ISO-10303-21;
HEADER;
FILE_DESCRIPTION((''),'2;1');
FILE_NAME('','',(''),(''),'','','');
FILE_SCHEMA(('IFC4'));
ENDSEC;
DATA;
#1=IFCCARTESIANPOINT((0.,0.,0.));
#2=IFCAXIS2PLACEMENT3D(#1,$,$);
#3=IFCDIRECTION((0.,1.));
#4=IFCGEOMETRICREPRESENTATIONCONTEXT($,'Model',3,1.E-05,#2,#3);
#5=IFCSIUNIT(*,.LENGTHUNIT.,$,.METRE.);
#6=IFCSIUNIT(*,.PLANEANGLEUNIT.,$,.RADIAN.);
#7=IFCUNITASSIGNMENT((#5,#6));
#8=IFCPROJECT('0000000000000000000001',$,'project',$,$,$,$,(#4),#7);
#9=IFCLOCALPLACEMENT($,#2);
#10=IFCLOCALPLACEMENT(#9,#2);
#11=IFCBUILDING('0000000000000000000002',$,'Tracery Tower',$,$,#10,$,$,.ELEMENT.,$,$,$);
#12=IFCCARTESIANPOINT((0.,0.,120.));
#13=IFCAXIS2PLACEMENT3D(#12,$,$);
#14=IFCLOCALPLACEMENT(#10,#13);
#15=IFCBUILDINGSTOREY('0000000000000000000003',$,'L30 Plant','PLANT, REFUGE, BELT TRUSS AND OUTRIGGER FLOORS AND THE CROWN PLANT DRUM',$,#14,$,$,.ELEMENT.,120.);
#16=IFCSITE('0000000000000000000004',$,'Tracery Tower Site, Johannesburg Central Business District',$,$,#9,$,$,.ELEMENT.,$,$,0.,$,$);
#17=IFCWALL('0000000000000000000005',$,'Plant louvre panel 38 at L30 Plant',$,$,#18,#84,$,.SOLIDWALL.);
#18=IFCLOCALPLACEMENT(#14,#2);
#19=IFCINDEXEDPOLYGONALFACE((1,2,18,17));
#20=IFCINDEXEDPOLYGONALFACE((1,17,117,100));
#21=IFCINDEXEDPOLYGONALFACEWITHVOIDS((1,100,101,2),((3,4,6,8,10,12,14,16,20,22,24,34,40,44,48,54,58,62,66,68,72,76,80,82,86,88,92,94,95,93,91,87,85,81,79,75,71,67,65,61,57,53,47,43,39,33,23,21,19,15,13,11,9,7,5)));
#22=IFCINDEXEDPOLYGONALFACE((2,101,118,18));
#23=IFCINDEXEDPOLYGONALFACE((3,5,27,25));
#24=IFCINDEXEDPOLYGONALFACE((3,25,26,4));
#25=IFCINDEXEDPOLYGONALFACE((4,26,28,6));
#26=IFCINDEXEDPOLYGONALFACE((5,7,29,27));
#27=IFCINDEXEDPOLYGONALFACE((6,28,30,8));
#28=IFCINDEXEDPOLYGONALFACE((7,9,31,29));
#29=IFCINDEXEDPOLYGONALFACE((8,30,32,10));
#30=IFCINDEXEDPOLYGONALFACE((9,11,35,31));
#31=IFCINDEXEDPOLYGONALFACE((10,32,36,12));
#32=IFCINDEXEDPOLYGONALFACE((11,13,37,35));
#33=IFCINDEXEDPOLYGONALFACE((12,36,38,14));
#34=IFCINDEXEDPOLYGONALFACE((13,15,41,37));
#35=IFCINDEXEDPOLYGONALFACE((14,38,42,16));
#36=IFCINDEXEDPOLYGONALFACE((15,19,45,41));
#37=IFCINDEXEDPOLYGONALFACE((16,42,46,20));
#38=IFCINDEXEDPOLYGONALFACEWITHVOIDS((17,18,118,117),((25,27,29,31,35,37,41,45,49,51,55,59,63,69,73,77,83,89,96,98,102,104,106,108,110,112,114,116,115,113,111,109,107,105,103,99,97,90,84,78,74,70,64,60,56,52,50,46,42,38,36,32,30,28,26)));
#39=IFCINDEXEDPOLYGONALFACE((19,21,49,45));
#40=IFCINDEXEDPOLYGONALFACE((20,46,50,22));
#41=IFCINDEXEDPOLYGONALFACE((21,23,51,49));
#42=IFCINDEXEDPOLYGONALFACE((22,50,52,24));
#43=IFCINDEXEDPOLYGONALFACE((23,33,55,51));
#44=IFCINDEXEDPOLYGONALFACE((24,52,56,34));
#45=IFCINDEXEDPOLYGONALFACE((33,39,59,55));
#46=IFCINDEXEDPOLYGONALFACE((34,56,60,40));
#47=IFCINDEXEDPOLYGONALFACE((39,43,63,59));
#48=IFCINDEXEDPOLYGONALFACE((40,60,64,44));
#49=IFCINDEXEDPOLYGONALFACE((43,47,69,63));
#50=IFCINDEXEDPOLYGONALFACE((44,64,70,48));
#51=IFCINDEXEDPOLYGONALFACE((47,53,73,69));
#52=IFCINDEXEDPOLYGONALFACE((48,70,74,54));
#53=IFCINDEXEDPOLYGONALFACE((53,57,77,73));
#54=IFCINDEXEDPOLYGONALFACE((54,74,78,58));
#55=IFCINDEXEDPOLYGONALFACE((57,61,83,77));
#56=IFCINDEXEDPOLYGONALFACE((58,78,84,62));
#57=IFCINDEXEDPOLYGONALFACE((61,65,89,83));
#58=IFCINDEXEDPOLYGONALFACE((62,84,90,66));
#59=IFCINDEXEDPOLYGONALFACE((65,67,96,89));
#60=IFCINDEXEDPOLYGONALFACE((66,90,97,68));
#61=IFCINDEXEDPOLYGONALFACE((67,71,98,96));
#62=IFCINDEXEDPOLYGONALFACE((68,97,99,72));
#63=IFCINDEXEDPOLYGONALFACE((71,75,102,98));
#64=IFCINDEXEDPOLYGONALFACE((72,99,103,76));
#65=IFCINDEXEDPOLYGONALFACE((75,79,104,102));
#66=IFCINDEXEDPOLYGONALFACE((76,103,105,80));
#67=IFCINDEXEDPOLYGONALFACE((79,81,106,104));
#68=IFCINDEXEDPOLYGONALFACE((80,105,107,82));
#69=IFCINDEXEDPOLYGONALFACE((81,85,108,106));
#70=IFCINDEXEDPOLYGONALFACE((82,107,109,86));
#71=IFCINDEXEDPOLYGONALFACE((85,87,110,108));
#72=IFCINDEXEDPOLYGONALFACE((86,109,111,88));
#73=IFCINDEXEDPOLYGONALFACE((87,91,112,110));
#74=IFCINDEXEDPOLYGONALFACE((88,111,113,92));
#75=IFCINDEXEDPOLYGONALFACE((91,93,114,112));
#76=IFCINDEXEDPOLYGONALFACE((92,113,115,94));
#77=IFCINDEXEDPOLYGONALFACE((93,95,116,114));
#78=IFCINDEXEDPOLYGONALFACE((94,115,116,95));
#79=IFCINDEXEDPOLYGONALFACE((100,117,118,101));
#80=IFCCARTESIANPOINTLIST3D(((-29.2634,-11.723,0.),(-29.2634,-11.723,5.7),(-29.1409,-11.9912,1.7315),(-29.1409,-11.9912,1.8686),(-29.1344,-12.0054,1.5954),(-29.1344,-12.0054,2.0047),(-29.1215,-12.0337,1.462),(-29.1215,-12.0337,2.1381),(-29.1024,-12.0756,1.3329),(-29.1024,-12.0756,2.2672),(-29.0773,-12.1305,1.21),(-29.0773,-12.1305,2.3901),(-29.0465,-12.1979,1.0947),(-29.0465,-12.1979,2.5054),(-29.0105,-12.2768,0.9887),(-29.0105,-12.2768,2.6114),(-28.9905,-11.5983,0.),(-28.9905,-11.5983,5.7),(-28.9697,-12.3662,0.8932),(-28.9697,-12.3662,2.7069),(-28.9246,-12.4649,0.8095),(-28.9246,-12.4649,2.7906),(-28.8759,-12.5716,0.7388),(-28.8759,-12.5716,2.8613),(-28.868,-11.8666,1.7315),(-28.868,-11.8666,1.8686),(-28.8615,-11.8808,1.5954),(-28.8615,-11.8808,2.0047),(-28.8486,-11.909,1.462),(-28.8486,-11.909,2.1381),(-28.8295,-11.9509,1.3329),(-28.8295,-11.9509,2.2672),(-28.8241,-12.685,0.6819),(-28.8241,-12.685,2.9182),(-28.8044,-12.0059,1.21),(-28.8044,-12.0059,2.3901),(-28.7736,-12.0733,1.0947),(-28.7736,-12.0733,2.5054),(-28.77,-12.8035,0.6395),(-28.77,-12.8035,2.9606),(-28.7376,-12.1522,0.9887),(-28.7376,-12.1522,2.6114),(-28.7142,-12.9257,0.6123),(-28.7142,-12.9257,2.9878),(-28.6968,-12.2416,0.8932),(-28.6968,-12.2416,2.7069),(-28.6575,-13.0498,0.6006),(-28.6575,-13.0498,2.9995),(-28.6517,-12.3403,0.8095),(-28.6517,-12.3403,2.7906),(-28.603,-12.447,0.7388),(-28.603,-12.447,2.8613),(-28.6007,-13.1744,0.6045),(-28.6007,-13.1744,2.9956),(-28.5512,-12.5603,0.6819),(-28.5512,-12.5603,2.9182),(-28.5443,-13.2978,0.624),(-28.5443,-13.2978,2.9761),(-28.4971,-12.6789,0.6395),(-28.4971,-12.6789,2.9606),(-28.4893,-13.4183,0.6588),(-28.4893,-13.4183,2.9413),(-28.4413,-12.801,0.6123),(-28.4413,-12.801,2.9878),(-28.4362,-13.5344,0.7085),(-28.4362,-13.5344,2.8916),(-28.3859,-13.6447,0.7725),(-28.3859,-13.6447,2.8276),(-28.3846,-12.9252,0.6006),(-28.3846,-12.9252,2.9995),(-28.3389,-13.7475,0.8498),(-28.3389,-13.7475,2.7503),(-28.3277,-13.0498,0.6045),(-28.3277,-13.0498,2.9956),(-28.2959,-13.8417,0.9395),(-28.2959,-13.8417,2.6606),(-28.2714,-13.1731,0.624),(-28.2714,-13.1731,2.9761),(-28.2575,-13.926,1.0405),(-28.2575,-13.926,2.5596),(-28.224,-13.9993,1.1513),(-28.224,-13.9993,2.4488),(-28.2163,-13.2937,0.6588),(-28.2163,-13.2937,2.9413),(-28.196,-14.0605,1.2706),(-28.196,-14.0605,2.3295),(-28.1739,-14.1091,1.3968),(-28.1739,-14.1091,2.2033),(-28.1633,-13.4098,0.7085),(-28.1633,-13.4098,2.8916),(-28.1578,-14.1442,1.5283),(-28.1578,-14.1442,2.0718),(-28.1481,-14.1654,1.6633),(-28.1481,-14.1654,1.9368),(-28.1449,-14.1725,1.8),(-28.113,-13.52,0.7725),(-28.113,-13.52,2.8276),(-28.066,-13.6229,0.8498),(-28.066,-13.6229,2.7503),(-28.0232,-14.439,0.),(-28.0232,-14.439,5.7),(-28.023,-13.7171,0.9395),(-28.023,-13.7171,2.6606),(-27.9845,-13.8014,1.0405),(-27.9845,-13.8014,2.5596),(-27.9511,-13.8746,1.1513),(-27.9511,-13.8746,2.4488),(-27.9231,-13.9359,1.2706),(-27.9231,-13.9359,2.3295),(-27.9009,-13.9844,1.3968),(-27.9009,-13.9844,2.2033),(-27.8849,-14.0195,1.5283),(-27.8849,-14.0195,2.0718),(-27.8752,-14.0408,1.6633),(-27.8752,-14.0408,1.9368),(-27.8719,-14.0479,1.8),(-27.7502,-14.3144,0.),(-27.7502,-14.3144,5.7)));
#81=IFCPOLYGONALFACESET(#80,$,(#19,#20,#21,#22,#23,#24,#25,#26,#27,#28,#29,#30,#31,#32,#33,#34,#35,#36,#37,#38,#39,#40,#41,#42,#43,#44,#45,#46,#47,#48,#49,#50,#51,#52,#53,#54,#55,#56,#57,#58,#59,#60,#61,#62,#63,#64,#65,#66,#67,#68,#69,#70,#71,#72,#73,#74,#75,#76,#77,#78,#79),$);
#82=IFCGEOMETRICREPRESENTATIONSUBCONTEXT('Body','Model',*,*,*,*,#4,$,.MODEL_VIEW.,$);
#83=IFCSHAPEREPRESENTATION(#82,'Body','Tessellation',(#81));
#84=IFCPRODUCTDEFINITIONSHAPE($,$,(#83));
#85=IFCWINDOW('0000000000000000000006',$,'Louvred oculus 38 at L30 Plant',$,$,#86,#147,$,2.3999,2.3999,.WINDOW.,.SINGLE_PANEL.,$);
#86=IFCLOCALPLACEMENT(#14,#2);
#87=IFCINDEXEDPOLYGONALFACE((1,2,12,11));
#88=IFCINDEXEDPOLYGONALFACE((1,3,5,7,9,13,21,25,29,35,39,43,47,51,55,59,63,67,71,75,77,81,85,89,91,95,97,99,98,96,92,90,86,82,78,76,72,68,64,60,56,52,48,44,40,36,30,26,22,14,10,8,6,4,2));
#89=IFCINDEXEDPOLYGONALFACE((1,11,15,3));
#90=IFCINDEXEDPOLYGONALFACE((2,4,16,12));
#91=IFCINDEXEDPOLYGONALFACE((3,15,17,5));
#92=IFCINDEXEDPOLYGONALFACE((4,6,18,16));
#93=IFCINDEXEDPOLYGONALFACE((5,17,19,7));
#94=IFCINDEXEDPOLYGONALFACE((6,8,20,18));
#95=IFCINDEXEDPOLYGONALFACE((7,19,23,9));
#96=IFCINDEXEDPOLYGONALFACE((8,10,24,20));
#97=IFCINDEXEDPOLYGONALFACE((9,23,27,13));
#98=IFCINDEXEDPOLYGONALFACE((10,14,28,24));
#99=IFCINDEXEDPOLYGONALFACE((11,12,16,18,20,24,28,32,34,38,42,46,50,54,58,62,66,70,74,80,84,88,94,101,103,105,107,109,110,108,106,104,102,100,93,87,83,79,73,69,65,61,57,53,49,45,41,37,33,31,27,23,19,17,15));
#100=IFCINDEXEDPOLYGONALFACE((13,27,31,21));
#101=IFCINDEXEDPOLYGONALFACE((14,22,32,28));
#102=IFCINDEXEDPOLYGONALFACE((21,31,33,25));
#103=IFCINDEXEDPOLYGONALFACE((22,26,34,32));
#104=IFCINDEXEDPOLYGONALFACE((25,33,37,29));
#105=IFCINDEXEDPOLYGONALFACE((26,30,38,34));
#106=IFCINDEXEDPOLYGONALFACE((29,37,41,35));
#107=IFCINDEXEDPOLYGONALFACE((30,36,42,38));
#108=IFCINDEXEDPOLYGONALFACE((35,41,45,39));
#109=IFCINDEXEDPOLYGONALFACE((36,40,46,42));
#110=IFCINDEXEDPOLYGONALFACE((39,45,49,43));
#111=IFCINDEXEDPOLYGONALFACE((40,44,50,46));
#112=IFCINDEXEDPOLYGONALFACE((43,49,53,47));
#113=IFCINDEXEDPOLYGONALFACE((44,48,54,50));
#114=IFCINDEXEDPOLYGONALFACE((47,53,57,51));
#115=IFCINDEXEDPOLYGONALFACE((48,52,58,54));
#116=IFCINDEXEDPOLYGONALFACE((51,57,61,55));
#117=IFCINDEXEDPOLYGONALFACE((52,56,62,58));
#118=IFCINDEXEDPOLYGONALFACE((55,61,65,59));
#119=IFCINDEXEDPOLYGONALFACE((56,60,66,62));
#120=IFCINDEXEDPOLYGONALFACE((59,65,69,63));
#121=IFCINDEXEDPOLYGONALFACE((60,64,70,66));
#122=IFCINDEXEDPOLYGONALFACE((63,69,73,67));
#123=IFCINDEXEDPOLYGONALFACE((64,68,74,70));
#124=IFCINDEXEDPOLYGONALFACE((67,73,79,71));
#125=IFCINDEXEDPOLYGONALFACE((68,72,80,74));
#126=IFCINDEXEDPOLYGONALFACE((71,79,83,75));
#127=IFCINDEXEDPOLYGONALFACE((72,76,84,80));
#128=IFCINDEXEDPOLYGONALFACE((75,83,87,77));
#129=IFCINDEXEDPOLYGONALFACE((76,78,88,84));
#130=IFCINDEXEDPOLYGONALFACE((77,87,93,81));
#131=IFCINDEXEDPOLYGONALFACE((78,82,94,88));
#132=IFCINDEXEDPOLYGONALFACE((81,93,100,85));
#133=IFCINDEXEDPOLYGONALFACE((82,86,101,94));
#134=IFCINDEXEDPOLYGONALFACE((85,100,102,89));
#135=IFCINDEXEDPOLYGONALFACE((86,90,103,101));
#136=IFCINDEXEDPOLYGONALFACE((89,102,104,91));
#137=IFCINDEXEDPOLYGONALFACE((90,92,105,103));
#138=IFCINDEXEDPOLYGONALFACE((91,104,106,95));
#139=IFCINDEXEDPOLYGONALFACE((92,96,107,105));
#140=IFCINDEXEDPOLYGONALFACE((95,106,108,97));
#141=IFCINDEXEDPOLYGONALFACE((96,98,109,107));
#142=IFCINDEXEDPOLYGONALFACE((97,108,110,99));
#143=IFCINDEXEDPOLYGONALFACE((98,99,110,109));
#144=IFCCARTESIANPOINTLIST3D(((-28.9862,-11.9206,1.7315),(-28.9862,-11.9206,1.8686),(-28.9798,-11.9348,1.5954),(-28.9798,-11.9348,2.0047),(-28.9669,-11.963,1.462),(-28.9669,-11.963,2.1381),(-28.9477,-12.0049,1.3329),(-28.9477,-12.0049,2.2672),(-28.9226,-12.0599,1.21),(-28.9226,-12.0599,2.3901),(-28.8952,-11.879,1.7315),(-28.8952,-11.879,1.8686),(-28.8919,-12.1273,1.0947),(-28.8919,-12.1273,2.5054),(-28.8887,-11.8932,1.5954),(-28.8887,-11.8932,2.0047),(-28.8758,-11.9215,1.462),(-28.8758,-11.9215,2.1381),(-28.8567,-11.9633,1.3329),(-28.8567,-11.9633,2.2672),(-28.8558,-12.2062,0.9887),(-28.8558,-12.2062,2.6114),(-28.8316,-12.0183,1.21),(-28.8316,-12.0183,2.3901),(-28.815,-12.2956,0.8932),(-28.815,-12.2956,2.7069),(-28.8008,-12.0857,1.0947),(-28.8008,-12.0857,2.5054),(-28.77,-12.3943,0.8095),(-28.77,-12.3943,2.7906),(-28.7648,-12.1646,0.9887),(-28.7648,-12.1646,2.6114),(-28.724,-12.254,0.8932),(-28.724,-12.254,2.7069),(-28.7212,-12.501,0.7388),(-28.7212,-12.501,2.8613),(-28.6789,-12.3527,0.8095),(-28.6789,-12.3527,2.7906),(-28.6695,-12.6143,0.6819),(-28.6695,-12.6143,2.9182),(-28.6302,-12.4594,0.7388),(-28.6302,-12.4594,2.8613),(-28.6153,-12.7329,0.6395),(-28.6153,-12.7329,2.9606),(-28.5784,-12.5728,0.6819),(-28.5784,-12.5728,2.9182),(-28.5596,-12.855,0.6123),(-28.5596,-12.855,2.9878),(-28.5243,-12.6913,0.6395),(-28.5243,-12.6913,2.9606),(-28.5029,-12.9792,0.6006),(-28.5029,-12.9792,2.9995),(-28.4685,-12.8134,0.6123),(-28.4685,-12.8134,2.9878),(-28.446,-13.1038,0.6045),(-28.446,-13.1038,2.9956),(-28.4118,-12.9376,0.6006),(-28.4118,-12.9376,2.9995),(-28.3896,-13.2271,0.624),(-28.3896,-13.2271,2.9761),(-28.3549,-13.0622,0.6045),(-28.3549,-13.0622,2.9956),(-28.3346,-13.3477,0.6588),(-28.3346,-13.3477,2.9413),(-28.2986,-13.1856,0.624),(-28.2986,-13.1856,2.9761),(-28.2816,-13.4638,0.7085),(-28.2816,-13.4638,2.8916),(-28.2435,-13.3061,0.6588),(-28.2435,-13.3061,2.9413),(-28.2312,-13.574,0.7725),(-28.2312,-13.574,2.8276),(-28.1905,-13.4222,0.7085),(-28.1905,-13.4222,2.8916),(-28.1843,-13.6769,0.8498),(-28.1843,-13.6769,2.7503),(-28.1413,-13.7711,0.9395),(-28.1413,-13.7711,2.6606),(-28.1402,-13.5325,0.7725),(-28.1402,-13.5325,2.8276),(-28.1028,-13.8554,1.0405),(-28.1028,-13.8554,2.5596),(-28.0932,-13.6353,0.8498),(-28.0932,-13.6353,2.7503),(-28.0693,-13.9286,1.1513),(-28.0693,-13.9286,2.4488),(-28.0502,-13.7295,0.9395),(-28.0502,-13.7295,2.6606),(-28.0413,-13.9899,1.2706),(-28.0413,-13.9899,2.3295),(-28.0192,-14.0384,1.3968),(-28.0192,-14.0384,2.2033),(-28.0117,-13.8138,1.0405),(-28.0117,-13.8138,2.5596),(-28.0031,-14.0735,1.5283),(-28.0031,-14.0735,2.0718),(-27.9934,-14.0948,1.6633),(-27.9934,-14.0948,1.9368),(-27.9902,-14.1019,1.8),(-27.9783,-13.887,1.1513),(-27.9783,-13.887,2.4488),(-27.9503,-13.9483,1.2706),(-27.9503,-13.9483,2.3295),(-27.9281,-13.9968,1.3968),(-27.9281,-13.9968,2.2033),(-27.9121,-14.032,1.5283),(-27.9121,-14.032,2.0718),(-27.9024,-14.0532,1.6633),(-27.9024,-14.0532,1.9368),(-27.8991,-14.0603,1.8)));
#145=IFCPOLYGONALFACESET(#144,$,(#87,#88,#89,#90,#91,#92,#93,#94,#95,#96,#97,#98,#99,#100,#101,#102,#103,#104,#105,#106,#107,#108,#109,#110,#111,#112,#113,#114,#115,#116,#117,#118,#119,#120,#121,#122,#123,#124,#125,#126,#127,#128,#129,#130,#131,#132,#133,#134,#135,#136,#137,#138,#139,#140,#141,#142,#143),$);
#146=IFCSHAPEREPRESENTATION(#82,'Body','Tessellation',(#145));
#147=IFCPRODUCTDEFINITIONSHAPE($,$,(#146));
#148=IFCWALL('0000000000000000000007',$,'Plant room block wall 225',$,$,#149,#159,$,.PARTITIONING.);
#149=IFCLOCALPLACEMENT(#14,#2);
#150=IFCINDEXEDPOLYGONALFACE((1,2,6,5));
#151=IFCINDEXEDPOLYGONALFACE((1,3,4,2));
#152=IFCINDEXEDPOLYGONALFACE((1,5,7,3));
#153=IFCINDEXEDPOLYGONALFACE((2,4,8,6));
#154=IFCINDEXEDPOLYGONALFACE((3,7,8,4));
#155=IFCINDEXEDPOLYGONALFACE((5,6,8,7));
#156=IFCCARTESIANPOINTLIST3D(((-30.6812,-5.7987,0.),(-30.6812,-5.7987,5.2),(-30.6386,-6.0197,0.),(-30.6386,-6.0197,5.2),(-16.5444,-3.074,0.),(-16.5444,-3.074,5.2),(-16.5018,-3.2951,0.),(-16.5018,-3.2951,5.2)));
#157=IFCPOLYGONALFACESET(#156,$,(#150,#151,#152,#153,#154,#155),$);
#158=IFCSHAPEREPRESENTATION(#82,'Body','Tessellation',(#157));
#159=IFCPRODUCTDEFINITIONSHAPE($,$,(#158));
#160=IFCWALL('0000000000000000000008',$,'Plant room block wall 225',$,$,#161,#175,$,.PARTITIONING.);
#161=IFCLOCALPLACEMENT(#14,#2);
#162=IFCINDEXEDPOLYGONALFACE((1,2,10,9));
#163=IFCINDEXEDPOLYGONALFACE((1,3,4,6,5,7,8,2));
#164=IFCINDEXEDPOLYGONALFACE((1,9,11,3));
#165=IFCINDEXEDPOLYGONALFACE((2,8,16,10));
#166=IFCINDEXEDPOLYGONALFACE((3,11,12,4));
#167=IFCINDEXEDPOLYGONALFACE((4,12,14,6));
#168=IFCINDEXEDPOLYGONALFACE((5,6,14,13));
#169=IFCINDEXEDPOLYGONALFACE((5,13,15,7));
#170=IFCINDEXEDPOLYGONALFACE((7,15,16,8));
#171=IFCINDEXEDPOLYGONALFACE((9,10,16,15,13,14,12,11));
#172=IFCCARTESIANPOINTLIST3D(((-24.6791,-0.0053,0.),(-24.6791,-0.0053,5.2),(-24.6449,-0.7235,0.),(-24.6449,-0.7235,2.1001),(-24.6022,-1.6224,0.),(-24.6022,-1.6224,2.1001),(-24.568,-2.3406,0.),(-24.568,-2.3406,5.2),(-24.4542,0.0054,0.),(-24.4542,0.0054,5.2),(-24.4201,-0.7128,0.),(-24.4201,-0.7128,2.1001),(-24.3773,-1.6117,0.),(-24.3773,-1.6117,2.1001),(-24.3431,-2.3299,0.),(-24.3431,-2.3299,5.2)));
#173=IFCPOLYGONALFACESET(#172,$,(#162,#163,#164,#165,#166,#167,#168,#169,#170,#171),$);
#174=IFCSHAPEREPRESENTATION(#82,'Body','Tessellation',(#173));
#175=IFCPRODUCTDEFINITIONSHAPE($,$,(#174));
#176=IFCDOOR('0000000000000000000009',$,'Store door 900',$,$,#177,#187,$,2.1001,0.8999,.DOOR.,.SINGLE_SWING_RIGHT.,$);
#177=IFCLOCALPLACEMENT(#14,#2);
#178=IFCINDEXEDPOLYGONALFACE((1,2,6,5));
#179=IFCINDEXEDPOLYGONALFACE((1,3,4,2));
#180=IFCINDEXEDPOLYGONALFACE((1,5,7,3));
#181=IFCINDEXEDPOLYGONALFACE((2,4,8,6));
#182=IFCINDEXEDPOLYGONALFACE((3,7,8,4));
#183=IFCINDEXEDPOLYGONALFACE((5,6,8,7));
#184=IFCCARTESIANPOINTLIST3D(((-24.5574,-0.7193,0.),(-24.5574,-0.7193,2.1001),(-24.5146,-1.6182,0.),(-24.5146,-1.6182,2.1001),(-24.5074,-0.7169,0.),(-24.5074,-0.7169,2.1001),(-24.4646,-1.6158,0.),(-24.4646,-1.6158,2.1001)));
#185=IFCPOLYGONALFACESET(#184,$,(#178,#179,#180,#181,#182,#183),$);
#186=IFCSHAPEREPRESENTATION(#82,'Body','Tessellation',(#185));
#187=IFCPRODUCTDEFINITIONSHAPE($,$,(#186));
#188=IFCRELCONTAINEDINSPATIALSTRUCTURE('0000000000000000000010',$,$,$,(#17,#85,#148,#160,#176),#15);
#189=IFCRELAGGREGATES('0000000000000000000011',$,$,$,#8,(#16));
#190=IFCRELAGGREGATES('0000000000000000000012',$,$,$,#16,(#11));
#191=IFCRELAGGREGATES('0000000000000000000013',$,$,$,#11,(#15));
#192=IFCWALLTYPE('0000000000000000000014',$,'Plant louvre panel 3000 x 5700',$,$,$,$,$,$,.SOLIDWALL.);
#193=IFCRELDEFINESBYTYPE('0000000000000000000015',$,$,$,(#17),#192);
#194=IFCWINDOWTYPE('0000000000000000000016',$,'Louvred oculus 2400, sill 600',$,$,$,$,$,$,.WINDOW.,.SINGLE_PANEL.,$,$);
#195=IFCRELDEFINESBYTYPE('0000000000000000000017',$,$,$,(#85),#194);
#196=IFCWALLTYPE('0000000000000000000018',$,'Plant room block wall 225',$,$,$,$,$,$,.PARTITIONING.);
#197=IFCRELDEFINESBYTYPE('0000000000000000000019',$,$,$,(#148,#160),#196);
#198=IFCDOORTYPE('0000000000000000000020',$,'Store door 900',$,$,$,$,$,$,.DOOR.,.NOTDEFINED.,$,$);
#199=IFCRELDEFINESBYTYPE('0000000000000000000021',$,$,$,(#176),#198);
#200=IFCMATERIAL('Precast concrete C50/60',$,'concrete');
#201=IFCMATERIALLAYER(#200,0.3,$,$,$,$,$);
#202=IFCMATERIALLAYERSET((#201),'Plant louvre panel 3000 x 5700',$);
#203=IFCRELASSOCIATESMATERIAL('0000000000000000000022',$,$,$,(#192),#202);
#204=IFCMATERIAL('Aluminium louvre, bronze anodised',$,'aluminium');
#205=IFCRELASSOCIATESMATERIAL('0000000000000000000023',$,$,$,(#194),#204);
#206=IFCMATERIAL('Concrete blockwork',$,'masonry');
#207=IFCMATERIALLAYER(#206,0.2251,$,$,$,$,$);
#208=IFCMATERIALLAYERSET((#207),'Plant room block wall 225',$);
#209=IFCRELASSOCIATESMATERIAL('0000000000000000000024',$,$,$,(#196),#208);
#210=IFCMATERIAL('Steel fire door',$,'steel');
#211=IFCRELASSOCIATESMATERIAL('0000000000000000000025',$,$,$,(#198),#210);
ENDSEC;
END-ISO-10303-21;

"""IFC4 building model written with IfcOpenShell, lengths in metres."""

from ifc_helpers import new_model, si_unit, direction, frame, frame_2d, origin, origin_2d, place, context, subcontext, project, spatial, rectangle, circle, extrude, material, layer, layer_set, type_object, element, fill, save


model = new_model("IFC4")

# Units and contexts
model_context = context("Model", 3, precision=1e-05, world=origin(), true_north=direction((0.0, 1.0)))
body_context = subcontext(model_context, "Body", "Model", "MODEL_VIEW")
ifc_project = project(units=[si_unit("LENGTHUNIT", "METRE"), si_unit("PLANEANGLEUNIT", "RADIAN")], contexts=[model_context])

# Site, building, storey
site_placement = place(None, origin())
site = spatial("IfcSite", under=ifc_project, at=site_placement, Name="Tracery Tower Site, Johannesburg Central Business District", CompositionType="ELEMENT", RefElevation=0.0)
building_placement = place(site_placement, origin())
building = spatial("IfcBuilding", under=site, at=building_placement, Name="Tracery Tower", CompositionType="ELEMENT")
storey_placement = place(building_placement, frame((0.0, 0.0, 120.0)))
storey = spatial("IfcBuildingStorey", under=building, at=storey_placement, Name="L30 Plant", Description="PLANT, REFUGE, BELT TRUSS AND OUTRIGGER FLOORS AND THE CROWN PLANT DRUM", CompositionType="ELEMENT", Elevation=120.0)

# Wall, opening, window
ifc_material_1 = material(Name="Precast concrete C50/60", Category="concrete")
ifc_layer_1 = layer(ifc_material_1, 0.3)
ifc_layer_set_1 = layer_set([ifc_layer_1], Name="Plant louvre panel 3000 x 5700")
wall_type_1 = type_object("IfcWallType", Name="Plant louvre panel 3000 x 5700", PredefinedType="SOLIDWALL", material=ifc_layer_set_1)
ifc_material_2 = material(Name="Aluminium louvre, bronze anodised", Category="aluminium")
window_type = type_object("IfcWindowType", Name="Louvred oculus 2400, sill 600", PartitioningType="SINGLE_PANEL", PredefinedType="WINDOW", material=ifc_material_2)
wall_1_placement = place(storey_placement, frame((-29.127, -11.6606, 0.0), z_axis=(0.0, 0.0, 1.0), x_axis=(0.415373, -0.909651, 0.0)))
wall_1 = element("IfcWall", 1, at=wall_1_placement, inside=storey, type_object=wall_type_1, Name="Plant louvre panel 38 at L30 Plant", PredefinedType="SOLIDWALL", context=body_context, shape_type="SweptSolid", body=[
    extrude(rectangle(XDim=2.9858, YDim=0.3, at=frame_2d((1.4929, 0.0))), origin(), (0.0, 0.0, 1.0), 5.7),
])
opening_1_placement = place(wall_1_placement, frame((1.4929, 0.0, 1.8)))
opening_1 = element("IfcOpeningElement", 2, at=opening_1_placement, cuts=wall_1, PredefinedType="OPENING", context=body_context, shape_type="SweptSolid", body=[
    extrude(circle(Radius=1.2, at=origin_2d()), frame((0.0, 0.1599, 0.0), z_axis=(0.0, -1.0, 0.0), x_axis=(1.0, 0.0, 0.0)), (0.0, 0.0, 1.0), 0.3201),
])
window_1_placement = place(opening_1_placement, origin())
window_1 = element("IfcWindow", 3, at=window_1_placement, inside=storey, type_object=window_type, Name="Louvred oculus 38 at L30 Plant", OverallHeight=2.3999, OverallWidth=2.3999, PartitioningType="SINGLE_PANEL", PredefinedType="WINDOW", context=body_context, shape_type="SweptSolid", body=[
    extrude(circle(Radius=1.2, at=origin_2d()), frame((0.0, 0.1201, 0.0), z_axis=(0.0, -1.0, 0.0), x_axis=(1.0, 0.0, 0.0)), (0.0, 0.0, 1.0), 0.1001),
])
fill(opening_1, window_1)

# Wall
ifc_material_3 = material(Name="Concrete blockwork", Category="masonry")
ifc_layer_2 = layer(ifc_material_3, 0.2251)
ifc_layer_set_2 = layer_set([ifc_layer_2], Name="Plant room block wall 225")
wall_type_2 = type_object("IfcWallType", Name="Plant room block wall 225", PredefinedType="PARTITIONING", material=ifc_layer_set_2)
wall_2_placement = place(storey_placement, frame((-30.6599, -5.9092, 0.0), z_axis=(0.0, 0.0, 1.0), x_axis=(0.981929, 0.18925, 0.0)))
element("IfcWall", 4, at=wall_2_placement, inside=storey, type_object=wall_type_2, Name="Plant room block wall 225", PredefinedType="PARTITIONING", context=body_context, shape_type="SweptSolid", body=[
    extrude(rectangle(XDim=14.397, YDim=0.2251, at=frame_2d((7.1985, 0.0))), origin(), (0.0, 0.0, 1.0), 5.2),
])

# Wall, opening, door
wall_3_placement = place(storey_placement, frame((-24.4556, -2.3352, 0.0), z_axis=(0.0, 0.0, 1.0), x_axis=(-0.047516, 0.99887, 0.0)))
wall_3 = element("IfcWall", 5, at=wall_3_placement, inside=storey, type_object=wall_type_2, Name="Plant room block wall 225", PredefinedType="PARTITIONING", context=body_context, shape_type="SweptSolid", body=[
    extrude(rectangle(XDim=2.3379, YDim=0.2251, at=frame_2d((1.1689, 0.0))), origin(), (0.0, 0.0, 1.0), 5.2),
])
opening_2_placement = place(wall_3_placement, frame((0.719, 0.0, 0.0)))
opening_2 = element("IfcOpeningElement", 6, at=opening_2_placement, cuts=wall_3, PredefinedType="OPENING", context=body_context, shape_type="SweptSolid", body=[
    extrude(rectangle(XDim=0.8999, YDim=2.1001, at=frame_2d((0.45, 1.05))), frame((0.0, 0.1125, 0.0), z_axis=(0.0, -1.0, 0.0), x_axis=(1.0, 0.0, 0.0)), (0.0, 0.0, 1.0), 0.2251),
])
ifc_material_4 = material(Name="Steel fire door", Category="steel")
door_type = type_object("IfcDoorType", Name="Store door 900", OperationType="NOTDEFINED", PredefinedType="DOOR", material=ifc_material_4)
door_placement = place(opening_2_placement, origin())
door = element("IfcDoor", 7, at=door_placement, inside=storey, type_object=door_type, Name="Store door 900", OperationType="SINGLE_SWING_RIGHT", OverallHeight=2.1001, OverallWidth=0.8999, PredefinedType="DOOR", context=body_context, shape_type="SweptSolid", body=[
    extrude(rectangle(XDim=0.8999, YDim=2.1001, at=frame_2d((0.45, 1.05))), frame((0.0, 0.0249, 0.0), z_axis=(0.0, -1.0, 0.0), x_axis=(1.0, 0.0, 0.0)), (0.0, 0.0, 1.0), 0.05),
])
fill(opening_2, door)

save(model, "model.ifc")
